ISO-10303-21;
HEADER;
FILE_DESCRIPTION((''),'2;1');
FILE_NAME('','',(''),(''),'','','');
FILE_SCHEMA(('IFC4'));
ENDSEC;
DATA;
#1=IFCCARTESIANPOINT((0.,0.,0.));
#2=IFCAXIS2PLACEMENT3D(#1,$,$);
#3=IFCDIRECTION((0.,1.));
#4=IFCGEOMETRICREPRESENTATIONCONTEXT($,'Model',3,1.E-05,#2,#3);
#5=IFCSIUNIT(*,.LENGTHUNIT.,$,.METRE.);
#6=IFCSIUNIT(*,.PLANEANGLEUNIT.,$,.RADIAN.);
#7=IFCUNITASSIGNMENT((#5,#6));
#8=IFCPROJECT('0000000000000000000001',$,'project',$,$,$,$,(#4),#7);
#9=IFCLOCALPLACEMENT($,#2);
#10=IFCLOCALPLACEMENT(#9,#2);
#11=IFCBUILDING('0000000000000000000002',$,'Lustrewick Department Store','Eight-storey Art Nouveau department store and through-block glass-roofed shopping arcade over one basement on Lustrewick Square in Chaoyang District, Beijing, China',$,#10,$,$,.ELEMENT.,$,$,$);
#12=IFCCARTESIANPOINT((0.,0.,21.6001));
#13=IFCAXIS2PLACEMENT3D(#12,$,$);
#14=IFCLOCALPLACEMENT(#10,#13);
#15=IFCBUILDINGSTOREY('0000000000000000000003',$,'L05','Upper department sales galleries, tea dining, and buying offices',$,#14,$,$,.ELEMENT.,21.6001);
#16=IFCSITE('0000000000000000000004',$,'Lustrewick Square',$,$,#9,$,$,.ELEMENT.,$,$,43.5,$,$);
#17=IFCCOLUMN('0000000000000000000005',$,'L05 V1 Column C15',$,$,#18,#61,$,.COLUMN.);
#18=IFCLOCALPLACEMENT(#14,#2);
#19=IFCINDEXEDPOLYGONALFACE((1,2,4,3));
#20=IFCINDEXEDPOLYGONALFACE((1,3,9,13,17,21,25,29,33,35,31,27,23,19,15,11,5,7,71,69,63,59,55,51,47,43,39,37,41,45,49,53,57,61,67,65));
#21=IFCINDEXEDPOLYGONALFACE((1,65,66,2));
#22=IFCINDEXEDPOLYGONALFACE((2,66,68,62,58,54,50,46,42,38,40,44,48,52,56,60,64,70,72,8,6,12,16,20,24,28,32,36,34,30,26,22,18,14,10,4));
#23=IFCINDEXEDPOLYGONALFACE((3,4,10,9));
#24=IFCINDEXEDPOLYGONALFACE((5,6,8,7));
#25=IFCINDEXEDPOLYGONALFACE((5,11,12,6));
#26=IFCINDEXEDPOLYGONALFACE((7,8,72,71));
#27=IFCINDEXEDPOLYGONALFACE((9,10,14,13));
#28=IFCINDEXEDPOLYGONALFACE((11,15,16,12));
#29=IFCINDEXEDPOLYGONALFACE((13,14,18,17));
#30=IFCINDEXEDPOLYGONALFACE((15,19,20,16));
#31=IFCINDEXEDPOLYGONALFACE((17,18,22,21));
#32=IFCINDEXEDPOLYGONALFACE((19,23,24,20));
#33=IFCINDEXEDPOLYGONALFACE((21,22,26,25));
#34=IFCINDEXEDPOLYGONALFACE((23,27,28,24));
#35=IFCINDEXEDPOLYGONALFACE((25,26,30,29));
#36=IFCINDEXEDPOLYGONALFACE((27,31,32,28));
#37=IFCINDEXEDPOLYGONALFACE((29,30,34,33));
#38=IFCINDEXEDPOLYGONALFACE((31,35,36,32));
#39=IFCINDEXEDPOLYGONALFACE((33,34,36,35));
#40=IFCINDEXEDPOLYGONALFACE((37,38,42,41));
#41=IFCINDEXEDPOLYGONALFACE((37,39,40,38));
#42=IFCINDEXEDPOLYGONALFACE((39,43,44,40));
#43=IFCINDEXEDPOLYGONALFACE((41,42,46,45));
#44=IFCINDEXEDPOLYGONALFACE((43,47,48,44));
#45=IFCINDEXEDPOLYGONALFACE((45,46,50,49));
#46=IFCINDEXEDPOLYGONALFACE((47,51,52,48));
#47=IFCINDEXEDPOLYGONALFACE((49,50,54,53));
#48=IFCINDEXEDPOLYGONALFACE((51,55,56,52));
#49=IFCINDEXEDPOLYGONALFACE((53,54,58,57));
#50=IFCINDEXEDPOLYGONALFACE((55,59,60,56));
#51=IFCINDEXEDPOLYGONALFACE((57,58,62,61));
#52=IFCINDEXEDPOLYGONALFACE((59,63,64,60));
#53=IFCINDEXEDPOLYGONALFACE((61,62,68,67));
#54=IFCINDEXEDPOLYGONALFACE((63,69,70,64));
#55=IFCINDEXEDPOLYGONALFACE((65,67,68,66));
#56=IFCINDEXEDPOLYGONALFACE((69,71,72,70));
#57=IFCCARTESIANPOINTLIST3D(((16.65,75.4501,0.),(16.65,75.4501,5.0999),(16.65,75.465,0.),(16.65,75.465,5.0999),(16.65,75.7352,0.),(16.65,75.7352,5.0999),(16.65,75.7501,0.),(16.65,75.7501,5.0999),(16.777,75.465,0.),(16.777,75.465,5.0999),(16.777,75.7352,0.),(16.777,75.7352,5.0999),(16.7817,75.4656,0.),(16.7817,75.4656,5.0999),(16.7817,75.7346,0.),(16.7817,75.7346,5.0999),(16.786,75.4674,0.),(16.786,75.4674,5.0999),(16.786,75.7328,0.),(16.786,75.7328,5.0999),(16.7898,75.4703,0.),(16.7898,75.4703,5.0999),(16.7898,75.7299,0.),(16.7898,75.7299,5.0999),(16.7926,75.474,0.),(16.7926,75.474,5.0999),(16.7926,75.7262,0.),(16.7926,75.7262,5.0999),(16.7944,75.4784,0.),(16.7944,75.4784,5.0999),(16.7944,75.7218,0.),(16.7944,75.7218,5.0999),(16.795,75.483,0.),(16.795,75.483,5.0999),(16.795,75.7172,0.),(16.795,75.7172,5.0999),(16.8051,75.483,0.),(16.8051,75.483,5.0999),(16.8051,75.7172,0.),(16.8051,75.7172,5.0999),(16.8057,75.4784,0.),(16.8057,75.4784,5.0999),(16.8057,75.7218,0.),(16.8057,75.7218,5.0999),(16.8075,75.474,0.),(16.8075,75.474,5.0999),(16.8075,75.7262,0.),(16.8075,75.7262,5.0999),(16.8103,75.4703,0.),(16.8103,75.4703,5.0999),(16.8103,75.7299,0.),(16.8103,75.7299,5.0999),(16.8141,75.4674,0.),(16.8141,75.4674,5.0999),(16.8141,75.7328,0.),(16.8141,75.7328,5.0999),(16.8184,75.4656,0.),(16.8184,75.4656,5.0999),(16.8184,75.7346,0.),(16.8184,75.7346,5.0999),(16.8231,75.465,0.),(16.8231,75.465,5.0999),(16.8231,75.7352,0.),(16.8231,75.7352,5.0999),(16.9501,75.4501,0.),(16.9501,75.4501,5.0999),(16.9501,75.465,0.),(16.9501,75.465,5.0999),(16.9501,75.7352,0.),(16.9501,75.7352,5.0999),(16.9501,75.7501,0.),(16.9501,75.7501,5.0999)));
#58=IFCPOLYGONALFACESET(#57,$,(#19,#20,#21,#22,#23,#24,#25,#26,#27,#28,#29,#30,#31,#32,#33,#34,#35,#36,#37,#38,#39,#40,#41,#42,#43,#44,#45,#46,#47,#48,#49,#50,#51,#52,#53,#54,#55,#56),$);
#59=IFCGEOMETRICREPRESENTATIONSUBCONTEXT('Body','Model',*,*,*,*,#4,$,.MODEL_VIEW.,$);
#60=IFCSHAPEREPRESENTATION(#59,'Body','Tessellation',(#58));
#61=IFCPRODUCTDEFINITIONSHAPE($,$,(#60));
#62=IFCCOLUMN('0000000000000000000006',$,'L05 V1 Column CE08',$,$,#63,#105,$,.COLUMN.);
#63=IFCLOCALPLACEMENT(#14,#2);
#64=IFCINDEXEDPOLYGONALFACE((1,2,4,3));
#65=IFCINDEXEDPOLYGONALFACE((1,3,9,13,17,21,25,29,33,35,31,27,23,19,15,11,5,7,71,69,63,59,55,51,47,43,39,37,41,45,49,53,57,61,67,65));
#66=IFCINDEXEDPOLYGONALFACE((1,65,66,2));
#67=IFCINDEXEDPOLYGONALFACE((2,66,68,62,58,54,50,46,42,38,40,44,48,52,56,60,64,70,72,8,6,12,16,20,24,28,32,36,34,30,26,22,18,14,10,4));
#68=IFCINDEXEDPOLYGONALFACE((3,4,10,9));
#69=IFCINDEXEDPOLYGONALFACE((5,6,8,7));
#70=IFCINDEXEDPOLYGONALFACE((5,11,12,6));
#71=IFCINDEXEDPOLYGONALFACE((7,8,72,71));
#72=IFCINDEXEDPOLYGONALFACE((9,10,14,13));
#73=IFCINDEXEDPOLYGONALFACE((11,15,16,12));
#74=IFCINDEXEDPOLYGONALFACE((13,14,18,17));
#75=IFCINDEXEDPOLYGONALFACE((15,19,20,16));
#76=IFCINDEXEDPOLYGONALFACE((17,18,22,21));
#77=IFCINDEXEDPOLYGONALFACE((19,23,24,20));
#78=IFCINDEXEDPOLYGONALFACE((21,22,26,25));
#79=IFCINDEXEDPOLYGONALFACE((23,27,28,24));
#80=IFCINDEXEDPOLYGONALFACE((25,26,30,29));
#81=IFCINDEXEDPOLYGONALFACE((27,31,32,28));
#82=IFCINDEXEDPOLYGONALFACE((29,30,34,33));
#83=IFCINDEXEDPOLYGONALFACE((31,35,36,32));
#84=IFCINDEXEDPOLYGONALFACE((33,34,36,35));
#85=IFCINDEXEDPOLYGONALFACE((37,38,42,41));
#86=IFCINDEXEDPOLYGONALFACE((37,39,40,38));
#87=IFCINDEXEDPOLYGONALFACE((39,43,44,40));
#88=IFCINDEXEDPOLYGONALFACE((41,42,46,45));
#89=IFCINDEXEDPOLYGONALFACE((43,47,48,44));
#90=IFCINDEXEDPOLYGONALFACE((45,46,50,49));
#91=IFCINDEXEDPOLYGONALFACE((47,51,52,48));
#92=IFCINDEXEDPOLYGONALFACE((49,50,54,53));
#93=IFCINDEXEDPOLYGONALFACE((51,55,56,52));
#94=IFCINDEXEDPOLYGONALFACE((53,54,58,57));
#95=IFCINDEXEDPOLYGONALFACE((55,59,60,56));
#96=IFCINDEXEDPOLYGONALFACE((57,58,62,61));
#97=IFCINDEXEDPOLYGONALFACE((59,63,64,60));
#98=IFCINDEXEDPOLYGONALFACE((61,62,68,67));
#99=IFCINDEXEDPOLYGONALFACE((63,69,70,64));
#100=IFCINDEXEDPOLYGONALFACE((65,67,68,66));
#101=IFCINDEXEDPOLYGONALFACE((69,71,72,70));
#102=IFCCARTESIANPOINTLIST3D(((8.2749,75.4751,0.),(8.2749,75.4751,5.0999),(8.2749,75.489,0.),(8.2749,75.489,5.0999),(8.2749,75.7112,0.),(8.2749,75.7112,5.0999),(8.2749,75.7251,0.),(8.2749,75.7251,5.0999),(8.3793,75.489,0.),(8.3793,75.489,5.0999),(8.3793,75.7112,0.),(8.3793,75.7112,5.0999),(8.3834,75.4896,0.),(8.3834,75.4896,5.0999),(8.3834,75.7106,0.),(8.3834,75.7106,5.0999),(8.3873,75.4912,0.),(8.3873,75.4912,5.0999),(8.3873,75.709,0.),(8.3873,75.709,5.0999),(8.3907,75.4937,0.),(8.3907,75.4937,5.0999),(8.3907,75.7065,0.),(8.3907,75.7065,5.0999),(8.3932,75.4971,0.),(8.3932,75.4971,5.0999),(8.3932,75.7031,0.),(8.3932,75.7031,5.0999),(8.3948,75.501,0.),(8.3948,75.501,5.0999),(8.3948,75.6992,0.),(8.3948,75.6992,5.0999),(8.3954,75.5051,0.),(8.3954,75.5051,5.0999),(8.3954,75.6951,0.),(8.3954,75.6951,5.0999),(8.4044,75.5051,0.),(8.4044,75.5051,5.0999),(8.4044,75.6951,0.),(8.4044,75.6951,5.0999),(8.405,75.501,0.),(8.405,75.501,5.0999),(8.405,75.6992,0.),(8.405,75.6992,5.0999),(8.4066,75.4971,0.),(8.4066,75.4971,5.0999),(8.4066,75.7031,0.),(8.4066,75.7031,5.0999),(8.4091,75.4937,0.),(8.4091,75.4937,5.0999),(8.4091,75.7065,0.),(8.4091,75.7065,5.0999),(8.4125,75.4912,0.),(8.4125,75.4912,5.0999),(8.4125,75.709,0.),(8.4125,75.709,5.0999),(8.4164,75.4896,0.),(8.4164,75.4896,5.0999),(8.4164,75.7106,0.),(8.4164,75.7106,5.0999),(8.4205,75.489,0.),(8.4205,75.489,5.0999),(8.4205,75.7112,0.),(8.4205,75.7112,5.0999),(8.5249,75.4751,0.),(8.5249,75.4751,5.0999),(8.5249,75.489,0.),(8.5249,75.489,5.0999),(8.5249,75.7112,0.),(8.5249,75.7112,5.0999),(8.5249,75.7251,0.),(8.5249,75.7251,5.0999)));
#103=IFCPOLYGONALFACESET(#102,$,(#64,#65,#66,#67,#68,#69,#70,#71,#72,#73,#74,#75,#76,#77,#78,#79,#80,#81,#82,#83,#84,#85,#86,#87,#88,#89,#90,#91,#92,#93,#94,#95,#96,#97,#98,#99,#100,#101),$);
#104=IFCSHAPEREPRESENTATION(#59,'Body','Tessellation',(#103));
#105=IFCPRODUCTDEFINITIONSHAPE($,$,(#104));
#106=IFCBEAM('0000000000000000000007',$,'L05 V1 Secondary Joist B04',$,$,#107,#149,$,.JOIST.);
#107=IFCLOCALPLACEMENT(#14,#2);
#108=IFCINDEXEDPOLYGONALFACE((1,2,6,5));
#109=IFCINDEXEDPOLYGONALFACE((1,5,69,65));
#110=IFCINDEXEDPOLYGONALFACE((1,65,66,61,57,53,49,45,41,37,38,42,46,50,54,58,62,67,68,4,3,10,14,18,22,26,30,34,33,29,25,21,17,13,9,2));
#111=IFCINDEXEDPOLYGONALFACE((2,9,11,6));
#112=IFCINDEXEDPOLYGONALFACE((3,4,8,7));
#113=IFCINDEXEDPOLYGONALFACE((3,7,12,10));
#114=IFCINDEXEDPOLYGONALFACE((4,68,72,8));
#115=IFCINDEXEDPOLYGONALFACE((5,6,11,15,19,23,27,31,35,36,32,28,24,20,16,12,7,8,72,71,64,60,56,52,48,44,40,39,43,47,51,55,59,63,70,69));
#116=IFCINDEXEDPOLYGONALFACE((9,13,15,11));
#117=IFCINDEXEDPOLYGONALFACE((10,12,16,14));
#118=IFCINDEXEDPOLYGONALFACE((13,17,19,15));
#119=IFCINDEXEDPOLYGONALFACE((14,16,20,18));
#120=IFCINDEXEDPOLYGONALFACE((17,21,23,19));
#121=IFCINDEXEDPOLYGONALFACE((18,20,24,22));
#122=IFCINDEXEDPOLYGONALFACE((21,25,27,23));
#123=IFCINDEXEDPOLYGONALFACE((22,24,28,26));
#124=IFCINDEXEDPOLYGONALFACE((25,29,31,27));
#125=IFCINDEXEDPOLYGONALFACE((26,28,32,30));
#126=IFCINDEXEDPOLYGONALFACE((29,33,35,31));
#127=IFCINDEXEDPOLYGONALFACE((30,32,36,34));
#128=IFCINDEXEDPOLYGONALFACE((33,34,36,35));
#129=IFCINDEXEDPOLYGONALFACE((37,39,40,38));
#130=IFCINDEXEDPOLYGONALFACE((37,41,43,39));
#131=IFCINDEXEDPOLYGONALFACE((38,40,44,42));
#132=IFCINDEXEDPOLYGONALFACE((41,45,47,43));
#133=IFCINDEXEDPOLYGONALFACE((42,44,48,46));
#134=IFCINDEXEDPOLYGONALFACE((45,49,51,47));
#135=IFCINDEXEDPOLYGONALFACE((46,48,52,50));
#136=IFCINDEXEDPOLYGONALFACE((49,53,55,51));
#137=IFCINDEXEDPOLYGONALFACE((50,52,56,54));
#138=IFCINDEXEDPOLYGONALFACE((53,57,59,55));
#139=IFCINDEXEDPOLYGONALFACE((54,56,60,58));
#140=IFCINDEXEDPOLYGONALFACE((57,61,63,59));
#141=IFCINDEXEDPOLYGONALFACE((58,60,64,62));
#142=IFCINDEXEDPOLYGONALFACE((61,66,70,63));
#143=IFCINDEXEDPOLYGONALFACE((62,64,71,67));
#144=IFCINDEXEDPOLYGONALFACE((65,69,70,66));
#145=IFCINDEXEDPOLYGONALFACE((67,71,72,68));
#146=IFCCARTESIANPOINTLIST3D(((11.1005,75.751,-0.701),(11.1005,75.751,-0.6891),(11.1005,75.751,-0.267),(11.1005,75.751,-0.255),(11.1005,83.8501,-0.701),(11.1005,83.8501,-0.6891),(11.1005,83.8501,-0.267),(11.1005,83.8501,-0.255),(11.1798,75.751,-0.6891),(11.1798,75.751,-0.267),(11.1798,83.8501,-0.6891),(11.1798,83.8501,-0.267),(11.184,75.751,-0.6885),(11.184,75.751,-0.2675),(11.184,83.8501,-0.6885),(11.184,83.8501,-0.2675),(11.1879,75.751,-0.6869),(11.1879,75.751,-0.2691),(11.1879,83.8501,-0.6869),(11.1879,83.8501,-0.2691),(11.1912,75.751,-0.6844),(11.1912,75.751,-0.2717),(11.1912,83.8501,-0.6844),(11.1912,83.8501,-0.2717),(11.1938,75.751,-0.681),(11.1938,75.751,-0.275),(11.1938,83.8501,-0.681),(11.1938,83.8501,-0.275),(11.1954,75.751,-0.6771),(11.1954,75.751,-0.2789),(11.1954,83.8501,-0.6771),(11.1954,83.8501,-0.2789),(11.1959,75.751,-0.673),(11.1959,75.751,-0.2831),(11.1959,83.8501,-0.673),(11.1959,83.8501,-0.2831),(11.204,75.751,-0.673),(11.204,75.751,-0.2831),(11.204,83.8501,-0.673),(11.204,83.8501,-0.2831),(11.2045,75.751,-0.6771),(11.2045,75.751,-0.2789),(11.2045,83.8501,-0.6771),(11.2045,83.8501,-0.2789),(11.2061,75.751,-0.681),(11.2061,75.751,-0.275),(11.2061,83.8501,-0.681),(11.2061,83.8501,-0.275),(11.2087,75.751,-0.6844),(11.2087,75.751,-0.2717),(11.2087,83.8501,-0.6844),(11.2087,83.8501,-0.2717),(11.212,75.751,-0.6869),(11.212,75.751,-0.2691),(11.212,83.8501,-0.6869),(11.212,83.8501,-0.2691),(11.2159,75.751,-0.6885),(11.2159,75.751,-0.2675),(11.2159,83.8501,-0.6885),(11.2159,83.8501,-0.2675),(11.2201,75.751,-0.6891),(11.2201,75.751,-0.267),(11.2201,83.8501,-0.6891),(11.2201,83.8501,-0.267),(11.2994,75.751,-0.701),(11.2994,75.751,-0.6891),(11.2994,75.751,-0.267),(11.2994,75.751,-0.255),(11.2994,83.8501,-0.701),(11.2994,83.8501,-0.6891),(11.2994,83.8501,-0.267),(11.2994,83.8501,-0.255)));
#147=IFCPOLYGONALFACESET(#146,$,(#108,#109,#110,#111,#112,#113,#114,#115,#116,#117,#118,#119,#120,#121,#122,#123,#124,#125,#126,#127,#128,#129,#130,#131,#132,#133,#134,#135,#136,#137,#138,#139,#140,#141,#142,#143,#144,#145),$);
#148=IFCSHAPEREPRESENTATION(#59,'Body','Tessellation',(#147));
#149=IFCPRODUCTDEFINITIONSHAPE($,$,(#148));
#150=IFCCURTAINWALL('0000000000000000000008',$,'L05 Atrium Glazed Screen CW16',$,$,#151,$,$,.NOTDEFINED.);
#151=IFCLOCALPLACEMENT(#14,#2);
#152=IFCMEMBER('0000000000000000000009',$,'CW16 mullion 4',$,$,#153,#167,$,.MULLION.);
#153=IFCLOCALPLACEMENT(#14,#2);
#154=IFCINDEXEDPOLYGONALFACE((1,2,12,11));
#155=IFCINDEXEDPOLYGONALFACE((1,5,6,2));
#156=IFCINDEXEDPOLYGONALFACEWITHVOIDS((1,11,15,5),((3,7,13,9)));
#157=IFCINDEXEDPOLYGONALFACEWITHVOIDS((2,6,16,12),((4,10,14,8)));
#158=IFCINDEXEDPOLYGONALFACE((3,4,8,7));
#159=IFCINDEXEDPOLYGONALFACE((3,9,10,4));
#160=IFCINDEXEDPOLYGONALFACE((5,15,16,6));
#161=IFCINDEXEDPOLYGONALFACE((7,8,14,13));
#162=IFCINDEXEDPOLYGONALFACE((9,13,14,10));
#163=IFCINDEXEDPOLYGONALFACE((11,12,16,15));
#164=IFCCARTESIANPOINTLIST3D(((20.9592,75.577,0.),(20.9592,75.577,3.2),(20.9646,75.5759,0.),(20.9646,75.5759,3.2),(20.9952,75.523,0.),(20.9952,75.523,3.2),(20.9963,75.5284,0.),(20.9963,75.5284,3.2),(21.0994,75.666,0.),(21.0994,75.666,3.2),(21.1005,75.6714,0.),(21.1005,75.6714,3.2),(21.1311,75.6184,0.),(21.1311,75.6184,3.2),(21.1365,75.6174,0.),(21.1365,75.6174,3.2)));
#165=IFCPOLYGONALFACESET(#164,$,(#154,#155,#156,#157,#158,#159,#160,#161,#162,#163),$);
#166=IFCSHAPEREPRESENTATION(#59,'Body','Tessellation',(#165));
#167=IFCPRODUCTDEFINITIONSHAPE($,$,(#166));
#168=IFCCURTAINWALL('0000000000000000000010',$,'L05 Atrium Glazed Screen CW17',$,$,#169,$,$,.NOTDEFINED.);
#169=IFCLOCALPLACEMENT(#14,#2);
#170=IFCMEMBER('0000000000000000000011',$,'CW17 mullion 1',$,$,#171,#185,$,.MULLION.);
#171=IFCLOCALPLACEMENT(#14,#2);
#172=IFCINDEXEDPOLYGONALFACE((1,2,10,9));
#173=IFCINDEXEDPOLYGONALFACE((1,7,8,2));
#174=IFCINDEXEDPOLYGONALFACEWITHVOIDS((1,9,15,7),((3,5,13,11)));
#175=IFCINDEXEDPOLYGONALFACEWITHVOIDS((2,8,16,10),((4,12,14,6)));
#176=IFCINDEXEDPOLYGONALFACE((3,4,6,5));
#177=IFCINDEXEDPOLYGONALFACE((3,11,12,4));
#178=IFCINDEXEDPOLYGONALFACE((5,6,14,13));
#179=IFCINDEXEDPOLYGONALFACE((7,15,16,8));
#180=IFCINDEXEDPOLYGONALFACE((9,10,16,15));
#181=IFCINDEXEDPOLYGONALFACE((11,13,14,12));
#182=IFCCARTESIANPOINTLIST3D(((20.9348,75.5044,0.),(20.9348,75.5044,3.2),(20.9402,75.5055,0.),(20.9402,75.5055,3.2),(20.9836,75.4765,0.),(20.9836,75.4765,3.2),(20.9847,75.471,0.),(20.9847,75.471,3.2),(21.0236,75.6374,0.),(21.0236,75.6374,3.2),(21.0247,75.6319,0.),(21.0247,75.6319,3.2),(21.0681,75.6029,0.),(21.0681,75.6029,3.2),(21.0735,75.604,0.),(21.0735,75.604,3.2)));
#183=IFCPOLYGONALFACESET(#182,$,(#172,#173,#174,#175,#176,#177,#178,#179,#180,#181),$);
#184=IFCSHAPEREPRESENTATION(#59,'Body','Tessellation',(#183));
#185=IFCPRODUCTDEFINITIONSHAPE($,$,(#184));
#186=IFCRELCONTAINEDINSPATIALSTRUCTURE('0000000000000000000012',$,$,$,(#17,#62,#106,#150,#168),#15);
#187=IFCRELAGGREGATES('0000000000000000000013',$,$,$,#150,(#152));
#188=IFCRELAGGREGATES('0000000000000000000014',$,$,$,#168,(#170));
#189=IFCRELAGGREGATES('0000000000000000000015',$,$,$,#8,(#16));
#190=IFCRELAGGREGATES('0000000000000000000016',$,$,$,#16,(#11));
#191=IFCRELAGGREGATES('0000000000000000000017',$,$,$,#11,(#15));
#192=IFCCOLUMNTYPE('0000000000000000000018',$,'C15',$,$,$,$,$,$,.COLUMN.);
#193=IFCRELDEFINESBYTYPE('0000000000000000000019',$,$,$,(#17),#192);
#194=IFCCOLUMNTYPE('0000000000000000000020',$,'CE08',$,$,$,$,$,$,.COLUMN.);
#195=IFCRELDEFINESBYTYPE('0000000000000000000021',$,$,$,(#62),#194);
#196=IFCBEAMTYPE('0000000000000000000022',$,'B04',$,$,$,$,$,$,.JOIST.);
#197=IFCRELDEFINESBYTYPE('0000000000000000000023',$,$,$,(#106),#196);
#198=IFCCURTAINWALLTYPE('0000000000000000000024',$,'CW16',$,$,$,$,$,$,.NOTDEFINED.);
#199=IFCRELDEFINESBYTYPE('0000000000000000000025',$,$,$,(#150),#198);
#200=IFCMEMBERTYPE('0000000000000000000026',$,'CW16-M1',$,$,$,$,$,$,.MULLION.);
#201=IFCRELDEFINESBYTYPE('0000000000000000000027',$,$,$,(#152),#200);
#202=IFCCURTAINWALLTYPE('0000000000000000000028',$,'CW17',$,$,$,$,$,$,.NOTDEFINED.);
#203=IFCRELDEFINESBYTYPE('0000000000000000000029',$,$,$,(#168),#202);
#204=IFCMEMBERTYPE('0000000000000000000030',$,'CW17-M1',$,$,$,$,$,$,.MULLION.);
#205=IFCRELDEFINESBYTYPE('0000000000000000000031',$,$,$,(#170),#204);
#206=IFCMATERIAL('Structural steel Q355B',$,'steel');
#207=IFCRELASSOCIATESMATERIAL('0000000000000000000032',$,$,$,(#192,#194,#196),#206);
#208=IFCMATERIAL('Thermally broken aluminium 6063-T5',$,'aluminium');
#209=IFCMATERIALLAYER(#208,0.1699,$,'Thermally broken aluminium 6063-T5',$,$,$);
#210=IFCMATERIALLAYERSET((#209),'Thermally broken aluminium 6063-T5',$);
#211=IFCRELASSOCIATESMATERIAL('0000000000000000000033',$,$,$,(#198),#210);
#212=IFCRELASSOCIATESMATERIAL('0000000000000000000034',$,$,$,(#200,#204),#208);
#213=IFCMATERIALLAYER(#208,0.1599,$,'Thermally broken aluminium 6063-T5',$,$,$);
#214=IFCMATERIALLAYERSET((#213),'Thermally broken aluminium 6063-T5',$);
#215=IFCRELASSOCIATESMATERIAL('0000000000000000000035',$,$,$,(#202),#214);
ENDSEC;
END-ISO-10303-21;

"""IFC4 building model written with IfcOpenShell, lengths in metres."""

from ifc_helpers import new_model, si_unit, direction, frame, origin, origin_2d, place, context, subcontext, project, spatial, hollow_rectangle, i_section, extrude, material, layer, layer_set, material_profile, profile_set, type_object, element, aggregate, save


model = new_model("IFC4")

# Units and contexts
model_context = context("Model", 3, precision=1e-05, world=origin(), true_north=direction((0.0, 1.0)))
body_context = subcontext(model_context, "Body", "Model", "MODEL_VIEW")
ifc_project = project(units=[si_unit("LENGTHUNIT", "METRE"), si_unit("PLANEANGLEUNIT", "RADIAN")], contexts=[model_context])

# Site, building, storey
site_placement = place(None, origin())
site = spatial("IfcSite", under=ifc_project, at=site_placement, Name="Lustrewick Square", CompositionType="ELEMENT", RefElevation=43.5)
building_placement = place(site_placement, origin())
building = spatial("IfcBuilding", under=site, at=building_placement, Name="Lustrewick Department Store", Description="Eight-storey Art Nouveau department store and through-block glass-roofed shopping arcade over one basement on Lustrewick Square in Chaoyang District, Beijing, China", CompositionType="ELEMENT")
storey_placement = place(building_placement, frame((0.0, 0.0, 21.6001)))
storey = spatial("IfcBuildingStorey", under=building, at=storey_placement, Name="L05", Description="Upper department sales galleries, tea dining, and buying offices", CompositionType="ELEMENT", Elevation=21.6001)

# Columns
ifc_material_1 = material(Name="Structural steel Q355B", Category="steel")
ifc_material_profile_1 = material_profile(ifc_material_1, i_section(OverallWidth=0.3, OverallDepth=0.3, WebThickness=0.01, FlangeThickness=0.0149, FilletRadius=0.0181, at=origin_2d()), Name="HW 300x300x10x15")
ifc_profile_set_1 = profile_set([ifc_material_profile_1], Name="Structural steel Q355B")
column_type_1 = type_object("IfcColumnType", Name="C15", PredefinedType="COLUMN", material=ifc_profile_set_1)
column_1_placement = place(storey_placement, frame((16.8, 75.6001, 0.0), z_axis=(0.0, 0.0, 1.0), x_axis=(1.0, 0.0, 0.0)))
element("IfcColumn", 1, at=column_1_placement, inside=storey, type_object=column_type_1, Name="L05 V1 Column C15", PredefinedType="COLUMN", context=body_context, shape_type="SweptSolid", body=[
    extrude(i_section(OverallWidth=0.3, OverallDepth=0.3, WebThickness=0.01, FlangeThickness=0.0149, FilletRadius=0.0181, at=origin_2d()), origin(), (0.0, 0.0, 1.0), 5.0999),
])
ifc_material_profile_2 = material_profile(ifc_material_1, i_section(OverallWidth=0.25, OverallDepth=0.25, WebThickness=0.009, FlangeThickness=0.0139, FilletRadius=0.0161, at=origin_2d()), Name="HW 250x250x9x14")
ifc_profile_set_2 = profile_set([ifc_material_profile_2], Name="Structural steel Q355B")
column_type_2 = type_object("IfcColumnType", Name="CE08", PredefinedType="COLUMN", material=ifc_profile_set_2)
column_2_placement = place(storey_placement, frame((8.3999, 75.6001, 0.0), z_axis=(0.0, 0.0, 1.0), x_axis=(1.0, 0.0, 0.0)))
element("IfcColumn", 2, at=column_2_placement, inside=storey, type_object=column_type_2, Name="L05 V1 Column CE08", PredefinedType="COLUMN", context=body_context, shape_type="SweptSolid", body=[
    extrude(i_section(OverallWidth=0.25, OverallDepth=0.25, WebThickness=0.009, FlangeThickness=0.0139, FilletRadius=0.0161, at=origin_2d()), origin(), (0.0, 0.0, 1.0), 5.0999),
])

# Beam
ifc_material_profile_3 = material_profile(ifc_material_1, i_section(OverallWidth=0.199, OverallDepth=0.446, WebThickness=0.0081, FlangeThickness=0.012, FilletRadius=0.0161, at=origin_2d()), Name="HN 446x199x8x12")
ifc_profile_set_3 = profile_set([ifc_material_profile_3], Name="Structural steel Q355B")
beam_type_1 = type_object("IfcBeamType", Name="B04", PredefinedType="JOIST", material=ifc_profile_set_3)
beam_1_placement = place(storey_placement, frame((11.2, 75.751, -0.478), z_axis=(0.0, 1.0, 0.0), x_axis=(-1.0, 0.0, 0.0)))
element("IfcBeam", 3, at=beam_1_placement, inside=storey, type_object=beam_type_1, Name="L05 V1 Secondary Joist B04", PredefinedType="JOIST", context=body_context, shape_type="SweptSolid", body=[
    extrude(i_section(OverallWidth=0.199, OverallDepth=0.446, WebThickness=0.0081, FlangeThickness=0.012, FilletRadius=0.0161, at=origin_2d()), origin(), (0.0, 0.0, 1.0), 8.0991),
])

# Curtain wall, member
ifc_material_2 = material(Name="Thermally broken aluminium 6063-T5", Category="aluminium")
ifc_layer_1 = layer(ifc_material_2, 0.1699, Name="Thermally broken aluminium 6063-T5")
ifc_layer_set_1 = layer_set([ifc_layer_1], Name="Thermally broken aluminium 6063-T5")
curtain_wall_type_1 = type_object("IfcCurtainWallType", Name="CW16", PredefinedType="NOTDEFINED", material=ifc_layer_set_1)
curtain_wall_1_placement = place(storey_placement, origin())
curtain_wall_1 = element("IfcCurtainWall", 4, at=curtain_wall_1_placement, inside=storey, type_object=curtain_wall_type_1, Name="L05 Atrium Glazed Screen CW16", PredefinedType="NOTDEFINED")
ifc_material_profile_4 = material_profile(ifc_material_2, hollow_rectangle(XDim=0.0649, YDim=0.1699, WallThickness=0.0039, at=origin_2d()), Name="ALU-M 65x170x4")
ifc_profile_set_4 = profile_set([ifc_material_profile_4], Name="Thermally broken aluminium 6063-T5")
member_type_1 = type_object("IfcMemberType", Name="CW16-M1", PredefinedType="MULLION", material=ifc_profile_set_4)
member_1_placement = place(storey_placement, frame((21.0479, 75.5972, 0.0), z_axis=(0.0, 0.0, 1.0), x_axis=(0.555578, -0.831464, 0.0)))
member_1 = element("IfcMember", 5, at=member_1_placement, type_object=member_type_1, Name="CW16 mullion 4", PredefinedType="MULLION", context=body_context, shape_type="SweptSolid", body=[
    extrude(hollow_rectangle(XDim=0.0649, YDim=0.1699, WallThickness=0.0039, at=origin_2d()), origin(), (0.0, 0.0, 1.0), 3.2),
])
aggregate(curtain_wall_1, [member_1])

# Curtain wall, member
ifc_layer_2 = layer(ifc_material_2, 0.1599, Name="Thermally broken aluminium 6063-T5")
ifc_layer_set_2 = layer_set([ifc_layer_2], Name="Thermally broken aluminium 6063-T5")
curtain_wall_type_2 = type_object("IfcCurtainWallType", Name="CW17", PredefinedType="NOTDEFINED", material=ifc_layer_set_2)
curtain_wall_2_placement = place(storey_placement, origin())
curtain_wall_2 = element("IfcCurtainWall", 6, at=curtain_wall_2_placement, inside=storey, type_object=curtain_wall_type_2, Name="L05 Atrium Glazed Screen CW17", PredefinedType="NOTDEFINED")
ifc_material_profile_5 = material_profile(ifc_material_2, hollow_rectangle(XDim=0.0601, YDim=0.1599, WallThickness=0.0039, at=origin_2d()), Name="ALU-M 60x160x4")
ifc_profile_set_5 = profile_set([ifc_material_profile_5], Name="Thermally broken aluminium 6063-T5")
member_type_2 = type_object("IfcMemberType", Name="CW17-M1", PredefinedType="MULLION", material=ifc_profile_set_5)
member_2_placement = place(storey_placement, frame((21.0042, 75.5542, 0.0), z_axis=(0.0, 0.0, 1.0), x_axis=(0.831464, -0.555578, 0.0)))
member_2 = element("IfcMember", 7, at=member_2_placement, type_object=member_type_2, Name="CW17 mullion 1", PredefinedType="MULLION", context=body_context, shape_type="SweptSolid", body=[
    extrude(hollow_rectangle(XDim=0.0601, YDim=0.1599, WallThickness=0.0039, at=origin_2d()), origin(), (0.0, 0.0, 1.0), 3.2),
])

aggregate(curtain_wall_2, [member_2])

save(model, "model.ifc")
